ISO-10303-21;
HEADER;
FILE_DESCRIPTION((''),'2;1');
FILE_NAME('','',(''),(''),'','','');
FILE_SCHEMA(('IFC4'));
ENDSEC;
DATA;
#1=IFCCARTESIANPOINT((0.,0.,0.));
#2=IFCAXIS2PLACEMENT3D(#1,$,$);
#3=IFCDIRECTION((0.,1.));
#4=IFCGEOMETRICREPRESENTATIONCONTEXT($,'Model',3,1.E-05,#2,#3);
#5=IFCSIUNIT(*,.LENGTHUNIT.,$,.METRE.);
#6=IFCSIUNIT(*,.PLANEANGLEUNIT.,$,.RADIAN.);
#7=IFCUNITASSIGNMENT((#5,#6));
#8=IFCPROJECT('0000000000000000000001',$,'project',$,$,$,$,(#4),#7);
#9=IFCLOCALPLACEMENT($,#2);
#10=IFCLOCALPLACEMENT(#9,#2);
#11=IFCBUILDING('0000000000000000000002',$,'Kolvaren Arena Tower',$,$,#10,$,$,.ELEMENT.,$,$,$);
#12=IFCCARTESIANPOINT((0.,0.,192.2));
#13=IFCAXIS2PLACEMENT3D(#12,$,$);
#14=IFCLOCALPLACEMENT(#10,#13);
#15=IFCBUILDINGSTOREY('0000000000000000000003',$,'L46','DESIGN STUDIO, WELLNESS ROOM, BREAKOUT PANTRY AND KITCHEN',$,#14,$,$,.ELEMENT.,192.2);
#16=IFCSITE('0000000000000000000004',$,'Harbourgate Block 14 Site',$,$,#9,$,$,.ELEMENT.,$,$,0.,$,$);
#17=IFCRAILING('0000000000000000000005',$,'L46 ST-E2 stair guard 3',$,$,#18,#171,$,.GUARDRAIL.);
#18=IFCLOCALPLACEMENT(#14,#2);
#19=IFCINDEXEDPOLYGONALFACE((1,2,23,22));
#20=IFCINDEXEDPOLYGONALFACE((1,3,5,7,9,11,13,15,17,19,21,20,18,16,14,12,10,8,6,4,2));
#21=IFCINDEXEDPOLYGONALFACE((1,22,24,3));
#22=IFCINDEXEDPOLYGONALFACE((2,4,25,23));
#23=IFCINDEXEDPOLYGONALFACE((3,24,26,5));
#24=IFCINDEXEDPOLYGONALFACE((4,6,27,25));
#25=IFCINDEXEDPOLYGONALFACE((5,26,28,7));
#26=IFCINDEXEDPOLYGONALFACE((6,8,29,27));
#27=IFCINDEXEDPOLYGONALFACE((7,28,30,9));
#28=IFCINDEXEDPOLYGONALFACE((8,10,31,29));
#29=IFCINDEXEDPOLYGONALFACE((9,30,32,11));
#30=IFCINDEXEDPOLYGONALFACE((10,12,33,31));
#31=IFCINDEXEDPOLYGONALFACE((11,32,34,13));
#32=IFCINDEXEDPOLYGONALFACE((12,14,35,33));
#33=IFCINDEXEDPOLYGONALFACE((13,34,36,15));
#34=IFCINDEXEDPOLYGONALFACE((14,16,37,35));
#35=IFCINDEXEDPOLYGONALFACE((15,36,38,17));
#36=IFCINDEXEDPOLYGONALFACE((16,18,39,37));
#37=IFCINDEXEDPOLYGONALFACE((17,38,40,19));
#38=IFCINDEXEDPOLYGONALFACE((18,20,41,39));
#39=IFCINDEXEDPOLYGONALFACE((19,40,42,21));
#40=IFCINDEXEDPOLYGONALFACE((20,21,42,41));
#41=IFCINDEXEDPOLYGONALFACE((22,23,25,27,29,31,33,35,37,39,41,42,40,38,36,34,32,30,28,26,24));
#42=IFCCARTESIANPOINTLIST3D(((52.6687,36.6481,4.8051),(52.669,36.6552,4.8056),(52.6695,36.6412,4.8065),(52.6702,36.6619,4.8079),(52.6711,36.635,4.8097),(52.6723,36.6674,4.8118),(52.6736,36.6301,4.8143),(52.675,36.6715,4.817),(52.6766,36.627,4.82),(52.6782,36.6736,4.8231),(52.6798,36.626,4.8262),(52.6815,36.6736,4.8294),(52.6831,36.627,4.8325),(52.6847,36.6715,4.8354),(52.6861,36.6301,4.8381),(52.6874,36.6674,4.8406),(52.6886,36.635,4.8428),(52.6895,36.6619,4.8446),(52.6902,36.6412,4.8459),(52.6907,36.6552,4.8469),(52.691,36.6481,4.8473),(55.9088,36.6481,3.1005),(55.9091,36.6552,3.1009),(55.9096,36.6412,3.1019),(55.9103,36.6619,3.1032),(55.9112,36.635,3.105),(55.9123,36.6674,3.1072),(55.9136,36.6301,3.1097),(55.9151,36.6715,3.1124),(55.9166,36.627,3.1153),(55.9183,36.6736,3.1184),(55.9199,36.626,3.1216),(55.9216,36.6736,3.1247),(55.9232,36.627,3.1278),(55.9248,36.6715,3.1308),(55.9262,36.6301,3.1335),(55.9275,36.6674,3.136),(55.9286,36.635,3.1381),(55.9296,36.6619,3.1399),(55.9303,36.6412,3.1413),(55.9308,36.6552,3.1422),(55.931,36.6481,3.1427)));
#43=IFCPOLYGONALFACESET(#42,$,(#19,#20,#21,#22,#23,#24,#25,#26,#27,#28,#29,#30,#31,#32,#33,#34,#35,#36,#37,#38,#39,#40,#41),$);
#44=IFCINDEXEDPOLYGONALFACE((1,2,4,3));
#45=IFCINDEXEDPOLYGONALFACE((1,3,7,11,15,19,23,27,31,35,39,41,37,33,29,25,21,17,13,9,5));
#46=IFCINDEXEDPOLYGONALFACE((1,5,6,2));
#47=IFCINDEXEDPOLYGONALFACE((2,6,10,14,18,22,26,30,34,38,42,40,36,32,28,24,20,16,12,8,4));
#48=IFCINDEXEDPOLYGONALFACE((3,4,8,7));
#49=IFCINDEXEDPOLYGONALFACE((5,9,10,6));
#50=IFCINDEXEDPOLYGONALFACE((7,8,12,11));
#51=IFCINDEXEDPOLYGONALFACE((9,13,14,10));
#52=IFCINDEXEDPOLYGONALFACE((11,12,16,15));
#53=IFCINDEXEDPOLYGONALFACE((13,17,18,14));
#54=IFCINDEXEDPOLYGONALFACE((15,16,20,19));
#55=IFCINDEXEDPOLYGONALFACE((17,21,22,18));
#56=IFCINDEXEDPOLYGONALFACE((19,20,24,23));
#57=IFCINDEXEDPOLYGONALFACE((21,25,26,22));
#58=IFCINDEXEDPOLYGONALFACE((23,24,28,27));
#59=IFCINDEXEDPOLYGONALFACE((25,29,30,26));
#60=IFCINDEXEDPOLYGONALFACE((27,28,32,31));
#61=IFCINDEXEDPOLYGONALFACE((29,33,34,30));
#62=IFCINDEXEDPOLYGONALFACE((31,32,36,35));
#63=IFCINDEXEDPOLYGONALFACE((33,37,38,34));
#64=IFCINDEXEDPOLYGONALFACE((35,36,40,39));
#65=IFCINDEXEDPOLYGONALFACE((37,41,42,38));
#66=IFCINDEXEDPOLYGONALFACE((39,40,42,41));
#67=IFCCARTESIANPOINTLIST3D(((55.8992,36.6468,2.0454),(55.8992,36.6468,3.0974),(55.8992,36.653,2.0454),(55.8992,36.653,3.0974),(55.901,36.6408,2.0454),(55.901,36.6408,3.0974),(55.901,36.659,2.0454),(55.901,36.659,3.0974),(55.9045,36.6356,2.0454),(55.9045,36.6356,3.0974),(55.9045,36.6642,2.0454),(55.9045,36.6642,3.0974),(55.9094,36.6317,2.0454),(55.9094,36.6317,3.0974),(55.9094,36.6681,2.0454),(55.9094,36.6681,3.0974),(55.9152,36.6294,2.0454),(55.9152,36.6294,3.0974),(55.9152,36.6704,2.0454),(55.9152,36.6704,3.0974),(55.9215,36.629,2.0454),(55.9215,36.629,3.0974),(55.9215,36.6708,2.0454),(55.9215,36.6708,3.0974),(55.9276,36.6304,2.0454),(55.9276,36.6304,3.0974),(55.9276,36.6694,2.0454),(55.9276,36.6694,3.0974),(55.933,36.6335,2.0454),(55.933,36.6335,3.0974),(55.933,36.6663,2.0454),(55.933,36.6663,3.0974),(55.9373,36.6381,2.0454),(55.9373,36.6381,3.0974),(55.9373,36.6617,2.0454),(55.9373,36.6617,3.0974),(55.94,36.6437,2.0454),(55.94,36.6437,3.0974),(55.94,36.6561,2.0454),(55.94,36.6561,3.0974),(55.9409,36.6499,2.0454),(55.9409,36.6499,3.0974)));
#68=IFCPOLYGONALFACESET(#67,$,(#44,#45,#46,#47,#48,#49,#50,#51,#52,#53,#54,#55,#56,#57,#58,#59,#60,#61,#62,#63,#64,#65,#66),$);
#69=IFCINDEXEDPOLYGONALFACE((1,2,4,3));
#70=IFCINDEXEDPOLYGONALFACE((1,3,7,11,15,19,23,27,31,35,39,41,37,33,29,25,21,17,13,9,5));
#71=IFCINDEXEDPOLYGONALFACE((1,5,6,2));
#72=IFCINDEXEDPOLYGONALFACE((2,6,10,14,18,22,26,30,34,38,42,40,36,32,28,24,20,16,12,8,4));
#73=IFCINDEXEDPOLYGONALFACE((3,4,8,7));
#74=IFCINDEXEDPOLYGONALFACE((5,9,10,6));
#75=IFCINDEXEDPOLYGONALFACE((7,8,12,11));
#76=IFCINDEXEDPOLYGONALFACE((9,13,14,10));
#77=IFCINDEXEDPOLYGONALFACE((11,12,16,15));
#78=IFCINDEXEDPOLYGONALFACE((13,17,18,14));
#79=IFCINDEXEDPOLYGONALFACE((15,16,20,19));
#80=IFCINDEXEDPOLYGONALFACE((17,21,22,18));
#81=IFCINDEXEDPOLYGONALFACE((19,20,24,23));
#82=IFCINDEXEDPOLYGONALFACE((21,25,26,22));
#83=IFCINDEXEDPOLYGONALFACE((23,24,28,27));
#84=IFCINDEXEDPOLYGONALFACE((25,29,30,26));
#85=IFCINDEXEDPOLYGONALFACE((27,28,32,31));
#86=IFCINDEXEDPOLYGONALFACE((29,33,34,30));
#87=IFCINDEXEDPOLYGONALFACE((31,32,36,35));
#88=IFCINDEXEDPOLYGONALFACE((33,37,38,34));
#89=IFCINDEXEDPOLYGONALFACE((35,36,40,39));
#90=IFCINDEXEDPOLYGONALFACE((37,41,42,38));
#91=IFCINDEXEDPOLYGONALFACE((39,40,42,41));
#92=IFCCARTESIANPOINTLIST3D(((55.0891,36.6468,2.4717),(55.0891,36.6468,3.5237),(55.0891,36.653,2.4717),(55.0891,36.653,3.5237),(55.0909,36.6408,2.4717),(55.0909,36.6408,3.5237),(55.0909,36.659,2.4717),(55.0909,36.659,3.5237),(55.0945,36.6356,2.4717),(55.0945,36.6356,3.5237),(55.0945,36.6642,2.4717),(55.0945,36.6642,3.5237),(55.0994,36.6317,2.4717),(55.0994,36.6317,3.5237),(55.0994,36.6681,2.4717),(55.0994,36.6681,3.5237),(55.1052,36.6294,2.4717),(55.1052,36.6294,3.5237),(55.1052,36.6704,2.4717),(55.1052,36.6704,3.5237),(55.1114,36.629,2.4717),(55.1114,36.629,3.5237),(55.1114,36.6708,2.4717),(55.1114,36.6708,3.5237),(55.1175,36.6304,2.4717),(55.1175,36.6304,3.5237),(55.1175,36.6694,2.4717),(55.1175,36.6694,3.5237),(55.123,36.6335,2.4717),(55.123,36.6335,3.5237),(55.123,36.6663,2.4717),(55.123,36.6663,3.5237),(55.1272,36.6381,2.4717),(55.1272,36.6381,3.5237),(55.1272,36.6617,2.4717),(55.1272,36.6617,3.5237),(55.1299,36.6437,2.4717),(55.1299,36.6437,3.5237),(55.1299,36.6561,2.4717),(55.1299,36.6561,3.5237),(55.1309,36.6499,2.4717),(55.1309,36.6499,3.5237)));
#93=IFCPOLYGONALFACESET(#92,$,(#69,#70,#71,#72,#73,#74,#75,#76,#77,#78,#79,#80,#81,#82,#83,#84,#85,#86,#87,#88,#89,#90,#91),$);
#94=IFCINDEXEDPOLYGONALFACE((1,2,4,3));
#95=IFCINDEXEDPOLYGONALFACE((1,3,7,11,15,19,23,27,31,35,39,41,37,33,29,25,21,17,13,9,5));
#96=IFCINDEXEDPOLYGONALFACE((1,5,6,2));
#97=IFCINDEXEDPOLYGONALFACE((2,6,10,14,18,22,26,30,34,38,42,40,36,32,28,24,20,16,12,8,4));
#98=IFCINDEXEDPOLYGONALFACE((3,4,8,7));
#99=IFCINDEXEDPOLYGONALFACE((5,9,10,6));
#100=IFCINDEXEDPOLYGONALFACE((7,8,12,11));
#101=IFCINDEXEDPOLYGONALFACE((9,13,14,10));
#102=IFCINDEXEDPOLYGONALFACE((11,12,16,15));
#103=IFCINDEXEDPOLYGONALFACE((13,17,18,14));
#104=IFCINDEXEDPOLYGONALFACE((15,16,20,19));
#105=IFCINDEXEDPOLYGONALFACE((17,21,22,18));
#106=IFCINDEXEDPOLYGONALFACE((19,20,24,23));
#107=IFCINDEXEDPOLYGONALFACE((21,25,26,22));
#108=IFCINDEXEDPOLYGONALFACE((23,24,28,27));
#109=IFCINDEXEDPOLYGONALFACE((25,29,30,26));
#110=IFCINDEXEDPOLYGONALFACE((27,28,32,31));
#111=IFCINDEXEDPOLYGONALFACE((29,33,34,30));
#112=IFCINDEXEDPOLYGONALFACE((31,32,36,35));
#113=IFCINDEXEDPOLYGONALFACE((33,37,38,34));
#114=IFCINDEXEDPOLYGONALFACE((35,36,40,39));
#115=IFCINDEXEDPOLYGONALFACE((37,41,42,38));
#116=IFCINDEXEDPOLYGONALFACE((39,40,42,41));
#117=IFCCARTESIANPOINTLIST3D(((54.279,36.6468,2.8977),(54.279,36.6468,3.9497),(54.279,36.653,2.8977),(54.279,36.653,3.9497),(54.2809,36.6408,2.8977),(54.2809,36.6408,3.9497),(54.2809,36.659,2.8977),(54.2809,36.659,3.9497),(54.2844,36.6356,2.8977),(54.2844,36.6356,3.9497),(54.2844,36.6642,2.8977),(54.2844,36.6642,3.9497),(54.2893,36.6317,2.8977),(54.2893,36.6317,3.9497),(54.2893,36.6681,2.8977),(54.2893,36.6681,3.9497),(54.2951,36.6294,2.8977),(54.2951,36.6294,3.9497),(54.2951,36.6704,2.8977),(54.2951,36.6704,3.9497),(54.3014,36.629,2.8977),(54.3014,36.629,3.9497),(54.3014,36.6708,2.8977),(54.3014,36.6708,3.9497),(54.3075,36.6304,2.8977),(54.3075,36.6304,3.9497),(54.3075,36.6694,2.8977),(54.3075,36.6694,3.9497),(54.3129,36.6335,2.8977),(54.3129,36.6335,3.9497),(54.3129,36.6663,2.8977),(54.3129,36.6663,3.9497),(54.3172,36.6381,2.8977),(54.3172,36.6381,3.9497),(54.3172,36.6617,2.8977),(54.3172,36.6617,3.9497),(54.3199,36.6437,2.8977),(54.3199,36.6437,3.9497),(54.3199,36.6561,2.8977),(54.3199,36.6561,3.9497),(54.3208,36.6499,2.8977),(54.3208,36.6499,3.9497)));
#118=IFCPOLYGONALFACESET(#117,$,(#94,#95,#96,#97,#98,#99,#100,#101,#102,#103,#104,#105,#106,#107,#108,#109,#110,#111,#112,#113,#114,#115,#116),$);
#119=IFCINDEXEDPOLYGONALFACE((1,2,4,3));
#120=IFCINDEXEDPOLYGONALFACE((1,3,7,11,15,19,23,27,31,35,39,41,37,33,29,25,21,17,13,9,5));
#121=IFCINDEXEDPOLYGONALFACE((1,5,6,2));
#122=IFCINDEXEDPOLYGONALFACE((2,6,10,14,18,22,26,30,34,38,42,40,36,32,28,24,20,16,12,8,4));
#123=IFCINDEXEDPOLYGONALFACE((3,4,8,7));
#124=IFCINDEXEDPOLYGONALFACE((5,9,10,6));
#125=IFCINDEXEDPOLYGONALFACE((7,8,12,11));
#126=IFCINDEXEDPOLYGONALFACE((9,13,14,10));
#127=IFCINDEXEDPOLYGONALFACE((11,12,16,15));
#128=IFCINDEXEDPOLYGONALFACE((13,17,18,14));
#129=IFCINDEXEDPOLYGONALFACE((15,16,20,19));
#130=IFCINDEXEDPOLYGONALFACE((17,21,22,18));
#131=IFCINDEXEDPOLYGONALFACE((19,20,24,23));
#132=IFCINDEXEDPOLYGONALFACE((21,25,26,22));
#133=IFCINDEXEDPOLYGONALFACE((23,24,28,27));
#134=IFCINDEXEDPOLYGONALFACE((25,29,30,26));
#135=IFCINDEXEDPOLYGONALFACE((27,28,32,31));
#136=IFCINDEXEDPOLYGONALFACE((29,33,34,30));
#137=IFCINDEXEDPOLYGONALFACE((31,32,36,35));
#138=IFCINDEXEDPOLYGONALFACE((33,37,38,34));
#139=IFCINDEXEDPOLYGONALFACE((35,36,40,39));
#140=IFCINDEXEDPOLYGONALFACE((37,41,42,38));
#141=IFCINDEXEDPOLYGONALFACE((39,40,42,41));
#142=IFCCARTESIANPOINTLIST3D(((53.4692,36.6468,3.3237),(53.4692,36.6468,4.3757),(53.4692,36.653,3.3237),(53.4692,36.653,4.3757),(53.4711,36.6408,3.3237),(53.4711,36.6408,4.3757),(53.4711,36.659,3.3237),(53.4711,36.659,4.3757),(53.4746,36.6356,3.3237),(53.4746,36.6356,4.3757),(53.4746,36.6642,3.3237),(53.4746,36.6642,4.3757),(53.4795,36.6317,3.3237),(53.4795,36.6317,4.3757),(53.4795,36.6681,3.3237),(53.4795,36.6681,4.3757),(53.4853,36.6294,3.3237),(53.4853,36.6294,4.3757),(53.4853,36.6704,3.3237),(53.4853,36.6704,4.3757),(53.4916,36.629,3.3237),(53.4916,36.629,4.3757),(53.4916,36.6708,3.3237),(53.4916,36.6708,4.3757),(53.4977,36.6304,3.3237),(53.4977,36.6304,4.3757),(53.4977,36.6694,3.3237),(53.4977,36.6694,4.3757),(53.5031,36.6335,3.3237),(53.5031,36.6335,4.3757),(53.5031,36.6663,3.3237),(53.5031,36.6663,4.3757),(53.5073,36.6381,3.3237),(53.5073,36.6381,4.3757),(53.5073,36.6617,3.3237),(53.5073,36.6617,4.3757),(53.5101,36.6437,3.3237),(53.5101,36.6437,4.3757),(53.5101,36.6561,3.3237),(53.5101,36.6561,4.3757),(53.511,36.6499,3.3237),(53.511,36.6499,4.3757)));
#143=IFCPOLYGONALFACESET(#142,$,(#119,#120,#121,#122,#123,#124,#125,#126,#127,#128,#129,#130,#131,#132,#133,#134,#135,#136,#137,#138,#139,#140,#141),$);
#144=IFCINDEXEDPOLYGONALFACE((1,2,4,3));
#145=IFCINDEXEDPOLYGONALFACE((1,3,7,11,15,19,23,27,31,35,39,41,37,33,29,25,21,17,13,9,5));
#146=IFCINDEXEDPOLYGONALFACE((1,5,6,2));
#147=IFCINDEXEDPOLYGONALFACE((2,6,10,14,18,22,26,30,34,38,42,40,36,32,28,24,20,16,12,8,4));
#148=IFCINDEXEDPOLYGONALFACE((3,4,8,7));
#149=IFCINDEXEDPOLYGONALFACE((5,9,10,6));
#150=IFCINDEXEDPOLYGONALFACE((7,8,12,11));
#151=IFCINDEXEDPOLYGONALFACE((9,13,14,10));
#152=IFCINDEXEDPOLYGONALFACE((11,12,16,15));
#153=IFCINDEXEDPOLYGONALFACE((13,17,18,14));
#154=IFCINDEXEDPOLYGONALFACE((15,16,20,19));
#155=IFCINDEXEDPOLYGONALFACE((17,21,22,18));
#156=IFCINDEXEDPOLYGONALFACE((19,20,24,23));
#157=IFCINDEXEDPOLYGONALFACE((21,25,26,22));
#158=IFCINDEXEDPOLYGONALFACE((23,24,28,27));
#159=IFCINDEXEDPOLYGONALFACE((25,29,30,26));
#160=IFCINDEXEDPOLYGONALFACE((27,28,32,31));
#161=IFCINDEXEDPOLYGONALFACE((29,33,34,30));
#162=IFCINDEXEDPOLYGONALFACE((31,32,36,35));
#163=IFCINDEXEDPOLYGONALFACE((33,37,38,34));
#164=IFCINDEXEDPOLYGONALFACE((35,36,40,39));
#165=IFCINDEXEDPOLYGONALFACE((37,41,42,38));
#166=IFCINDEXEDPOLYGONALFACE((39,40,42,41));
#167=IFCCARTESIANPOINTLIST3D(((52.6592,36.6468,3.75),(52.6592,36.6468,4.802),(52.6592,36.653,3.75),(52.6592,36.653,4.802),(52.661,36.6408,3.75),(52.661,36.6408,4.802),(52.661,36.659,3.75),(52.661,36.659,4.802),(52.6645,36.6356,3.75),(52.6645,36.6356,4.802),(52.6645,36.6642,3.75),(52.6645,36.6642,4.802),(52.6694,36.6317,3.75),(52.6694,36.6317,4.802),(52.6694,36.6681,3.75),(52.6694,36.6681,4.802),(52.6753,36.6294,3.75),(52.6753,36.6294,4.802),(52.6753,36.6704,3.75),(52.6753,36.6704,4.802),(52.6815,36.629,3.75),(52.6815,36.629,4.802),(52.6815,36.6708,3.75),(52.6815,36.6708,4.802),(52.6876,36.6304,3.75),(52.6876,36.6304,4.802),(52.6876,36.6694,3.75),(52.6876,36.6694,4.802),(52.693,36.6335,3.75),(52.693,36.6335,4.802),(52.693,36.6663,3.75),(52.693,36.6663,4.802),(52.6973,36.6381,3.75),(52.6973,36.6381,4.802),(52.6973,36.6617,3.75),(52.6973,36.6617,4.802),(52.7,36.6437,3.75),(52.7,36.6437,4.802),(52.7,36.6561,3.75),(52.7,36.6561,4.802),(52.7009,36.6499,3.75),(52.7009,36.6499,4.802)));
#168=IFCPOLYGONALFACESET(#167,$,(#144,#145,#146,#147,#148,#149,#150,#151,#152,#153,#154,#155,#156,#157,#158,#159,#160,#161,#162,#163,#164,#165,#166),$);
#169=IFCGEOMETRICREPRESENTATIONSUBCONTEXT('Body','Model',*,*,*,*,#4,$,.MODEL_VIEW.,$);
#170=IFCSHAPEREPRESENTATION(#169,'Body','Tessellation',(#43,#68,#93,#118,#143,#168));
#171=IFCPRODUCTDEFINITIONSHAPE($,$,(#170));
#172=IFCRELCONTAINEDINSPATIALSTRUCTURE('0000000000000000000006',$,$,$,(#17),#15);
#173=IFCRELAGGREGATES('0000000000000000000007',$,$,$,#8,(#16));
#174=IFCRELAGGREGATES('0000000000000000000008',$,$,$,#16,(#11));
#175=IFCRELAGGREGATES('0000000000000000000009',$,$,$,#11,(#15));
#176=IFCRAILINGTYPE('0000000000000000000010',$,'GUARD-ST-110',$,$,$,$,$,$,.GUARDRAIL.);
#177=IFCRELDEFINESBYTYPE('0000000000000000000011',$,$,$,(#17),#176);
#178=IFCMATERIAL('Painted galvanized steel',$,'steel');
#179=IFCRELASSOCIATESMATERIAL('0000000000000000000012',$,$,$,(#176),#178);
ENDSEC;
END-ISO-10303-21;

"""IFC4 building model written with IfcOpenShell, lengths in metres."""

from ifc_helpers import new_model, si_unit, direction, frame, origin, origin_2d, place, context, subcontext, project, spatial, circle, extrude, material, type_object, element, save


model = new_model("IFC4")

# Units and contexts
model_context = context("Model", 3, precision=1e-05, world=origin(), true_north=direction((0.0, 1.0)))
body_context = subcontext(model_context, "Body", "Model", "MODEL_VIEW")
ifc_project = project(units=[si_unit("LENGTHUNIT", "METRE"), si_unit("PLANEANGLEUNIT", "RADIAN")], contexts=[model_context])

# Site, building, storey
site_placement = place(None, origin())
site = spatial("IfcSite", under=ifc_project, at=site_placement, Name="Harbourgate Block 14 Site", CompositionType="ELEMENT", RefElevation=0.0)
building_placement = place(site_placement, origin())
building = spatial("IfcBuilding", under=site, at=building_placement, Name="Kolvaren Arena Tower", CompositionType="ELEMENT")
storey_placement = place(building_placement, frame((0.0, 0.0, 192.2)))
storey = spatial("IfcBuildingStorey", under=building, at=storey_placement, Name="L46", Description="DESIGN STUDIO, WELLNESS ROOM, BREAKOUT PANTRY AND KITCHEN", CompositionType="ELEMENT", Elevation=192.2)

# Railing
ifc_material_1 = material(Name="Painted galvanized steel", Category="steel")
railing_type_1 = type_object("IfcRailingType", Name="GUARD-ST-110", PredefinedType="GUARDRAIL", material=ifc_material_1)
railing_1_placement = place(storey_placement, frame((55.9199, 36.6499, 2.0454)))
element("IfcRailing", 1, at=railing_1_placement, inside=storey, type_object=railing_type_1, Name="L46 ST-E2 stair guard 3", PredefinedType="GUARDRAIL", context=body_context, shape_type="SweptSolid", body=[
    extrude(circle(Radius=0.0239, at=origin_2d()), frame((0.0, 0.0, 1.0762), z_axis=(-0.884993, 0.0, 0.465604), x_axis=(0.0, -1.0, 0.0)), (0.0, 0.0, 1.0), 3.6611),
    extrude(circle(Radius=0.021, at=origin_2d()), origin(), (0.0, 0.0, 1.0), 1.052),
    extrude(circle(Radius=0.021, at=origin_2d()), frame((-0.8101, 0.0, 0.4263)), (0.0, 0.0, 1.0), 1.052),
    extrude(circle(Radius=0.021, at=origin_2d()), frame((-1.6201, 0.0, 0.8523)), (0.0, 0.0, 1.0), 1.052),
    extrude(circle(Radius=0.021, at=origin_2d()), frame((-2.4299, 0.0, 1.2783)), (0.0, 0.0, 1.0), 1.052),
    extrude(circle(Radius=0.021, at=origin_2d()), frame((-3.24, 0.0, 1.7046)), (0.0, 0.0, 1.0), 1.052),
])

save(model, "model.ifc")
